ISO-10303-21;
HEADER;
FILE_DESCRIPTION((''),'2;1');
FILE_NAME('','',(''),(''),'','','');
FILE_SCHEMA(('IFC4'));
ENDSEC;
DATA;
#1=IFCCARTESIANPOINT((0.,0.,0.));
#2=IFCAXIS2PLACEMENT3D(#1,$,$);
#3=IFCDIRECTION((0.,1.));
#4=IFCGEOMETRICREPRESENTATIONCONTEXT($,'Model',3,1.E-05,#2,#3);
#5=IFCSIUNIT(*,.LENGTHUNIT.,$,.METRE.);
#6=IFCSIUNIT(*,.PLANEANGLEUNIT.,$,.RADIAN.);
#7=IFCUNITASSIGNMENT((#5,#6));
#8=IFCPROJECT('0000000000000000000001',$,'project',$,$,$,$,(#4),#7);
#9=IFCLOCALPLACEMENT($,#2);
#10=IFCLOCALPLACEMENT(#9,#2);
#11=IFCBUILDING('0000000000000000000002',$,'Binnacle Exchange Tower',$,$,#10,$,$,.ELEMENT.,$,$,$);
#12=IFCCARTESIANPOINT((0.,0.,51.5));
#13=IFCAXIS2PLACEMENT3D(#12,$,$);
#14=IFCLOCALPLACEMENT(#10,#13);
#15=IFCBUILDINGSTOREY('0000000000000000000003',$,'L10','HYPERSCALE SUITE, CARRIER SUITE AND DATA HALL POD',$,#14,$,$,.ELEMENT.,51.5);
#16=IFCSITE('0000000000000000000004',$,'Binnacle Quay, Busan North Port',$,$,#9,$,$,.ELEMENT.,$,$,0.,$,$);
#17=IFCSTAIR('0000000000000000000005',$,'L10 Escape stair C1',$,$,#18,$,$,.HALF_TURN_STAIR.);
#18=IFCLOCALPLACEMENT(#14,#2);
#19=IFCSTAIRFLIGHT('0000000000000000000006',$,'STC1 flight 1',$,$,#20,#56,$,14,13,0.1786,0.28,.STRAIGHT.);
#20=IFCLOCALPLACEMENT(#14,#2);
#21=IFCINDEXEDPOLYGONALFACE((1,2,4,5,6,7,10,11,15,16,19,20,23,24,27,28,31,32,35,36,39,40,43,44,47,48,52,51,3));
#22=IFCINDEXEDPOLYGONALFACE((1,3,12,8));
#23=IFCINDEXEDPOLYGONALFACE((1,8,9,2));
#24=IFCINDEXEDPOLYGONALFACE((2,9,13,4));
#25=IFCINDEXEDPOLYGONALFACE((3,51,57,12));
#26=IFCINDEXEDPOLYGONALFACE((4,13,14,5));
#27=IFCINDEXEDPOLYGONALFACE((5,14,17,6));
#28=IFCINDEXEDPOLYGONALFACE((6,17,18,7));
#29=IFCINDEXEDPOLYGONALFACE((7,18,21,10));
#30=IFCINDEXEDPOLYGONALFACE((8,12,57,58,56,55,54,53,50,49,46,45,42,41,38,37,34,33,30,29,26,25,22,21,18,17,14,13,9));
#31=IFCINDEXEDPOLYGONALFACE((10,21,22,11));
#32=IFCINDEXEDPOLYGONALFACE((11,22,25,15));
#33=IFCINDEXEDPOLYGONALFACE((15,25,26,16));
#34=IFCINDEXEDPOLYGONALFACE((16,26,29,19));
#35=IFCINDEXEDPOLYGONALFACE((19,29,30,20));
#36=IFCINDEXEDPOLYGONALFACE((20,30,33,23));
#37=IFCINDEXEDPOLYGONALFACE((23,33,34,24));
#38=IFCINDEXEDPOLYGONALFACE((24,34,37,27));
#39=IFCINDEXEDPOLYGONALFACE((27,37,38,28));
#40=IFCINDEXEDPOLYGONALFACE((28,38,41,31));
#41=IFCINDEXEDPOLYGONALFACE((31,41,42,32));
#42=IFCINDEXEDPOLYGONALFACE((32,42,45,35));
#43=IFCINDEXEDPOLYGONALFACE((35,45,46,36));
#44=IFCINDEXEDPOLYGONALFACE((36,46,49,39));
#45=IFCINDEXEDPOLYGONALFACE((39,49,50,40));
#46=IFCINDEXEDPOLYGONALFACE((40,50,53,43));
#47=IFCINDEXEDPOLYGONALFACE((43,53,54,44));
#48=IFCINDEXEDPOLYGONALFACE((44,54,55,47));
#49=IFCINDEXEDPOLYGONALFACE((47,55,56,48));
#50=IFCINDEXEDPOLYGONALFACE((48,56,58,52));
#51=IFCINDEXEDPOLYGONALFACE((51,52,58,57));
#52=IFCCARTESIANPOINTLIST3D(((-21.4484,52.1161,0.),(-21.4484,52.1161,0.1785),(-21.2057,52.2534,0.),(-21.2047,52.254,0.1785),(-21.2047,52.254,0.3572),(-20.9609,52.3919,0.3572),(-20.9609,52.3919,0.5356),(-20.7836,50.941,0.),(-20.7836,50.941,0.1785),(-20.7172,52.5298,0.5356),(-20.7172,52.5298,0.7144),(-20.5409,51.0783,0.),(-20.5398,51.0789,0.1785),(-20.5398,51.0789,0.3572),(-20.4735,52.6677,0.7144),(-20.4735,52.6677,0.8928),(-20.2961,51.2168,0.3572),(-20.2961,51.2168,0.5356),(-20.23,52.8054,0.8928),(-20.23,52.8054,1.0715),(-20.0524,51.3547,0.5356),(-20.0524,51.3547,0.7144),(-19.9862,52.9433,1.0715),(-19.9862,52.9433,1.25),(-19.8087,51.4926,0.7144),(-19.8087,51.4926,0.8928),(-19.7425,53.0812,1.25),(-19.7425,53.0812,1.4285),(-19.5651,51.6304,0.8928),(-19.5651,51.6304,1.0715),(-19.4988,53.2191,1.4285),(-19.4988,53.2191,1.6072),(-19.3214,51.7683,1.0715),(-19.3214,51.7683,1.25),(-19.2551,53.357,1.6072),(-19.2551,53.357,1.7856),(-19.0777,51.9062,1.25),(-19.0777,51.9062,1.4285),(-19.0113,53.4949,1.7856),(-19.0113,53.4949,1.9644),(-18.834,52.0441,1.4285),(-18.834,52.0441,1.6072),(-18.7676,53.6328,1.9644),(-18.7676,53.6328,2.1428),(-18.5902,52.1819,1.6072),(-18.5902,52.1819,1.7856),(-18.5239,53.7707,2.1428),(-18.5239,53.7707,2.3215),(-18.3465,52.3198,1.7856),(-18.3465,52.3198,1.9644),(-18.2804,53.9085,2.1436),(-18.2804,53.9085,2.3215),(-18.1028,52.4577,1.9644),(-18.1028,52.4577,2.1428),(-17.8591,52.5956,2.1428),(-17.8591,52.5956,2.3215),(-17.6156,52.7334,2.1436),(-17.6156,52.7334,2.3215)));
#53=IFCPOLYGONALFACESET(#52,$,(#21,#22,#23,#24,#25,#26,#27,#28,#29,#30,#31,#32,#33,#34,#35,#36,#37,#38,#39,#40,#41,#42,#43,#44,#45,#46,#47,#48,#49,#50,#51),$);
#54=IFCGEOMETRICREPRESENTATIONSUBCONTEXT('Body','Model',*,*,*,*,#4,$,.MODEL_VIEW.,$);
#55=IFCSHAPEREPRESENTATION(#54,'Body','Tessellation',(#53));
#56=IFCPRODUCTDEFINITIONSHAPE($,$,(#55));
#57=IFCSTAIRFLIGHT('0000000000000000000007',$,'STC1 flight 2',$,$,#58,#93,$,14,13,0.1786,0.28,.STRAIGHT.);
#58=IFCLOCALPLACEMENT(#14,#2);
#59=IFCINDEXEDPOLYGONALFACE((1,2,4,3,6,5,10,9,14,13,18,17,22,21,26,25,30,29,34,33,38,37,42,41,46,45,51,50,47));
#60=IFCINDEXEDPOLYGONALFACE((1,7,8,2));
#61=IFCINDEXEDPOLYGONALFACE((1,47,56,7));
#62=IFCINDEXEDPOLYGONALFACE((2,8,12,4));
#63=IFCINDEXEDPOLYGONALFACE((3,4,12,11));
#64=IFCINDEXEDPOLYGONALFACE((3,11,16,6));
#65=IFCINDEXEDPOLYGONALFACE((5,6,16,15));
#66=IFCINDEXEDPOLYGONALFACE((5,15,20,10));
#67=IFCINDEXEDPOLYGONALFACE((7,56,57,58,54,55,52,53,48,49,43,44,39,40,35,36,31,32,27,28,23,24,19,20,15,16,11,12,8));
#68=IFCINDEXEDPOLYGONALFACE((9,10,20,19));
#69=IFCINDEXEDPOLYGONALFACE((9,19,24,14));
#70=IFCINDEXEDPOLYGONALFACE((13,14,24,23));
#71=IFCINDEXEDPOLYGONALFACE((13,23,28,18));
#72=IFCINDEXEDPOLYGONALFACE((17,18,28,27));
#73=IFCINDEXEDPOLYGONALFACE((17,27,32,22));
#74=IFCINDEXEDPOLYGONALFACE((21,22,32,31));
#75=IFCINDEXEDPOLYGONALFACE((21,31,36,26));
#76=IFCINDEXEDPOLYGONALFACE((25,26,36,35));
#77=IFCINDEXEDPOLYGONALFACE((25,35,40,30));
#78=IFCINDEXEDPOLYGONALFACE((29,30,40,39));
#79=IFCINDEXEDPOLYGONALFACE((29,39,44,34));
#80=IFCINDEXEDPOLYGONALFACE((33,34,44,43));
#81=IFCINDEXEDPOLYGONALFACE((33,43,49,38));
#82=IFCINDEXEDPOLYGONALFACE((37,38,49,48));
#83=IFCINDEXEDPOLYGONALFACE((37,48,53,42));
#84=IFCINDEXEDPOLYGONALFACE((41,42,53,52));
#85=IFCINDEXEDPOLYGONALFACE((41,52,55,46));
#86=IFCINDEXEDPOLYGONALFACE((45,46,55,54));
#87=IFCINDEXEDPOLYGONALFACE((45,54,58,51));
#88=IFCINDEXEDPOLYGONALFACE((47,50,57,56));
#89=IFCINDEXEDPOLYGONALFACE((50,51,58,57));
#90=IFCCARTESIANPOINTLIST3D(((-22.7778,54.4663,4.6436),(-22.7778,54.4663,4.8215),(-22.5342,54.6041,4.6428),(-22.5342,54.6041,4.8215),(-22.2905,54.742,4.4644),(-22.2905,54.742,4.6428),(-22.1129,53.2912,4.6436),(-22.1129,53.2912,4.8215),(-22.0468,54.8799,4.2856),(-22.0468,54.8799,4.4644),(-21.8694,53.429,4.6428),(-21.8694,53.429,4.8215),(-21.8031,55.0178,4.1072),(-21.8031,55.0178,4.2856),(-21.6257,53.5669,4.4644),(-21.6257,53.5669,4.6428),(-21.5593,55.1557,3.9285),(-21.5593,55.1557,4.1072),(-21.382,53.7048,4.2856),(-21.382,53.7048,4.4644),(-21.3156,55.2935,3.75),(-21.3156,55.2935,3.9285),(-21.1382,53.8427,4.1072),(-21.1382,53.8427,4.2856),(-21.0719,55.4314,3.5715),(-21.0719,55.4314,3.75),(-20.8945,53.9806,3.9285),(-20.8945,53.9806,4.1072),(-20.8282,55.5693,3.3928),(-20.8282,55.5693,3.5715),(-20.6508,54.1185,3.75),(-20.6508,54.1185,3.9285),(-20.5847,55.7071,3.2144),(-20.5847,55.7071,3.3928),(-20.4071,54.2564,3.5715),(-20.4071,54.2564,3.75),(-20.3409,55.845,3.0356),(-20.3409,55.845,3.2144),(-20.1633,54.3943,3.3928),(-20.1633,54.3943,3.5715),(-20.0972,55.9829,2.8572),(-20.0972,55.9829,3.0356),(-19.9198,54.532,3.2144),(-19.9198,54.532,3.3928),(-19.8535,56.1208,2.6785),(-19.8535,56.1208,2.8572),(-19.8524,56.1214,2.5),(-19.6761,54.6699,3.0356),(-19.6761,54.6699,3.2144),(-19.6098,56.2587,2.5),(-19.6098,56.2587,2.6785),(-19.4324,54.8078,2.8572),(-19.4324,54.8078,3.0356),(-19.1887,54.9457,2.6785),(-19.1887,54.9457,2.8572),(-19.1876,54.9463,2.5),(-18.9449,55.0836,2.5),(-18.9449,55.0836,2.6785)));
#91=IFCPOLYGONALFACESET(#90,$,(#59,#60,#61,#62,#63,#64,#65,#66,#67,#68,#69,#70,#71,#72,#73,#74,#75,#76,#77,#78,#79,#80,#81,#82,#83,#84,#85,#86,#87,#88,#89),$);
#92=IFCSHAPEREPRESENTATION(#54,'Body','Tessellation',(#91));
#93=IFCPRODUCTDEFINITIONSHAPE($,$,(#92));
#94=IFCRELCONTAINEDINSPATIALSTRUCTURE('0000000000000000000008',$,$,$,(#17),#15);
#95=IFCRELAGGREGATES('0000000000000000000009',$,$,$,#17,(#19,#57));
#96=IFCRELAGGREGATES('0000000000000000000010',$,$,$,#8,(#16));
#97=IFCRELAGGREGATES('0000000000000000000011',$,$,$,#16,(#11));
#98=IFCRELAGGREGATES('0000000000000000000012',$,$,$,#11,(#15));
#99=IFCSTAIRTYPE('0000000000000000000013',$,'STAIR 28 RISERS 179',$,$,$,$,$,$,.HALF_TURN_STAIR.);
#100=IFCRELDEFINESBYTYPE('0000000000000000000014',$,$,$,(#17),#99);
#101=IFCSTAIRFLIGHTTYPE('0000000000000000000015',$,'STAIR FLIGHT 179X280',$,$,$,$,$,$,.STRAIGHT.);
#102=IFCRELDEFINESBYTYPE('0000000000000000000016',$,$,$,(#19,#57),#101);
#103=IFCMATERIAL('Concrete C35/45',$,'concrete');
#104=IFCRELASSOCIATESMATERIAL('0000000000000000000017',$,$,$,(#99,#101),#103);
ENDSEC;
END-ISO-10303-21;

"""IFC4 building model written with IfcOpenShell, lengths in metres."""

from ifc_helpers import new_model, si_unit, direction, frame, origin, place, context, subcontext, project, spatial, polyline, outline, extrude, material, type_object, element, aggregate, save


model = new_model("IFC4")

# Units and contexts
model_context = context("Model", 3, precision=1e-05, world=origin(), true_north=direction((0.0, 1.0)))
body_context = subcontext(model_context, "Body", "Model", "MODEL_VIEW")
ifc_project = project(units=[si_unit("LENGTHUNIT", "METRE"), si_unit("PLANEANGLEUNIT", "RADIAN")], contexts=[model_context])

# Site, building, storey
site_placement = place(None, origin())
site = spatial("IfcSite", under=ifc_project, at=site_placement, Name="Binnacle Quay, Busan North Port", CompositionType="ELEMENT", RefElevation=0.0)
building_placement = place(site_placement, origin())
building = spatial("IfcBuilding", under=site, at=building_placement, Name="Binnacle Exchange Tower", CompositionType="ELEMENT")
storey_placement = place(building_placement, frame((0.0, 0.0, 51.5)))
storey = spatial("IfcBuildingStorey", under=building, at=storey_placement, Name="L10", Description="HYPERSCALE SUITE, CARRIER SUITE AND DATA HALL POD", CompositionType="ELEMENT", Elevation=51.5)

# Stair, stair flights
ifc_material_1 = material(Name="Concrete C35/45", Category="concrete")
stair_type = type_object("IfcStairType", Name="STAIR 28 RISERS 179", PredefinedType="HALF_TURN_STAIR", material=ifc_material_1)
stair_placement = place(storey_placement, origin())
stair = element("IfcStair", 1, at=stair_placement, inside=storey, type_object=stair_type, Name="L10 Escape stair C1", PredefinedType="HALF_TURN_STAIR")
stair_flight_type = type_object("IfcStairFlightType", Name="STAIR FLIGHT 179X280", PredefinedType="STRAIGHT", material=ifc_material_1)
stair_flight_1_placement = place(storey_placement, frame((-21.116, 51.5286, 0.0), z_axis=(0.0, 0.0, 1.0), x_axis=(0.870356, 0.492424, 0.0)))
stair_flight_1 = element("IfcStairFlight", 2, at=stair_flight_1_placement, type_object=stair_flight_type, Name="STC1 flight 1", NumberOfRisers=14, NumberOfTreads=13, PredefinedType="STRAIGHT", RiserHeight=0.1786, TreadLength=0.28, context=body_context, shape_type="SweptSolid", body=[
    extrude(outline(polyline([(0.0, 0.0), (0.0, 0.1785), (0.28, 0.1785), (0.28, 0.3572), (0.5601, 0.3572), (0.5601, 0.5356), (0.8401, 0.5356), (0.8401, 0.7144), (1.1201, 0.7144), (1.1201, 0.8928), (1.3999, 0.8928), (1.3999, 1.0715), (1.6799, 1.0715), (1.6799, 1.25), (1.96, 1.25), (1.96, 1.4285), (2.24, 1.4285), (2.24, 1.6072), (2.52, 1.6072), (2.52, 1.7856), (2.8, 1.7856), (2.8, 1.9644), (3.0801, 1.9644), (3.0801, 2.1428), (3.3601, 2.1428), (3.3601, 2.3215), (3.6399, 2.3215), (3.6399, 2.5), (3.6399, 2.1436), (0.2788, 0.0), (0.0, 0.0)])), frame((0.0, 0.675, 0.0), z_axis=(0.0, -1.0, 0.0), x_axis=(1.0, 0.0, 0.0)), (0.0, 0.0, 1.0), 1.3501),
])
stair_flight_2_placement = place(storey_placement, frame((-19.2773, 55.6711, 2.5), z_axis=(0.0, 0.0, 1.0), x_axis=(-0.870356, -0.492424, 0.0)))
stair_flight_2 = element("IfcStairFlight", 3, at=stair_flight_2_placement, type_object=stair_flight_type, Name="STC1 flight 2", NumberOfRisers=14, NumberOfTreads=13, PredefinedType="STRAIGHT", RiserHeight=0.1786, TreadLength=0.28, context=body_context, shape_type="SweptSolid", body=[
    extrude(outline(polyline([(0.0, 0.0), (0.0, 0.1785), (0.28, 0.1785), (0.28, 0.3572), (0.5601, 0.3572), (0.5601, 0.5356), (0.8401, 0.5356), (0.8401, 0.7144), (1.1201, 0.7144), (1.1201, 0.8928), (1.3999, 0.8928), (1.3999, 1.0715), (1.6799, 1.0715), (1.6799, 1.25), (1.96, 1.25), (1.96, 1.4285), (2.24, 1.4285), (2.24, 1.6072), (2.52, 1.6072), (2.52, 1.7856), (2.8, 1.7856), (2.8, 1.9644), (3.0801, 1.9644), (3.0801, 2.1428), (3.3601, 2.1428), (3.3601, 2.3215), (3.6399, 2.3215), (3.6399, 2.5), (3.6399, 2.1436), (0.2788, 0.0), (0.0, 0.0)])), frame((0.0, 0.675, 0.0), z_axis=(0.0, -1.0, 0.0), x_axis=(1.0, 0.0, 0.0)), (0.0, 0.0, 1.0), 1.3501),
])
aggregate(stair, [stair_flight_1, stair_flight_2])

save(model, "model.ifc")
